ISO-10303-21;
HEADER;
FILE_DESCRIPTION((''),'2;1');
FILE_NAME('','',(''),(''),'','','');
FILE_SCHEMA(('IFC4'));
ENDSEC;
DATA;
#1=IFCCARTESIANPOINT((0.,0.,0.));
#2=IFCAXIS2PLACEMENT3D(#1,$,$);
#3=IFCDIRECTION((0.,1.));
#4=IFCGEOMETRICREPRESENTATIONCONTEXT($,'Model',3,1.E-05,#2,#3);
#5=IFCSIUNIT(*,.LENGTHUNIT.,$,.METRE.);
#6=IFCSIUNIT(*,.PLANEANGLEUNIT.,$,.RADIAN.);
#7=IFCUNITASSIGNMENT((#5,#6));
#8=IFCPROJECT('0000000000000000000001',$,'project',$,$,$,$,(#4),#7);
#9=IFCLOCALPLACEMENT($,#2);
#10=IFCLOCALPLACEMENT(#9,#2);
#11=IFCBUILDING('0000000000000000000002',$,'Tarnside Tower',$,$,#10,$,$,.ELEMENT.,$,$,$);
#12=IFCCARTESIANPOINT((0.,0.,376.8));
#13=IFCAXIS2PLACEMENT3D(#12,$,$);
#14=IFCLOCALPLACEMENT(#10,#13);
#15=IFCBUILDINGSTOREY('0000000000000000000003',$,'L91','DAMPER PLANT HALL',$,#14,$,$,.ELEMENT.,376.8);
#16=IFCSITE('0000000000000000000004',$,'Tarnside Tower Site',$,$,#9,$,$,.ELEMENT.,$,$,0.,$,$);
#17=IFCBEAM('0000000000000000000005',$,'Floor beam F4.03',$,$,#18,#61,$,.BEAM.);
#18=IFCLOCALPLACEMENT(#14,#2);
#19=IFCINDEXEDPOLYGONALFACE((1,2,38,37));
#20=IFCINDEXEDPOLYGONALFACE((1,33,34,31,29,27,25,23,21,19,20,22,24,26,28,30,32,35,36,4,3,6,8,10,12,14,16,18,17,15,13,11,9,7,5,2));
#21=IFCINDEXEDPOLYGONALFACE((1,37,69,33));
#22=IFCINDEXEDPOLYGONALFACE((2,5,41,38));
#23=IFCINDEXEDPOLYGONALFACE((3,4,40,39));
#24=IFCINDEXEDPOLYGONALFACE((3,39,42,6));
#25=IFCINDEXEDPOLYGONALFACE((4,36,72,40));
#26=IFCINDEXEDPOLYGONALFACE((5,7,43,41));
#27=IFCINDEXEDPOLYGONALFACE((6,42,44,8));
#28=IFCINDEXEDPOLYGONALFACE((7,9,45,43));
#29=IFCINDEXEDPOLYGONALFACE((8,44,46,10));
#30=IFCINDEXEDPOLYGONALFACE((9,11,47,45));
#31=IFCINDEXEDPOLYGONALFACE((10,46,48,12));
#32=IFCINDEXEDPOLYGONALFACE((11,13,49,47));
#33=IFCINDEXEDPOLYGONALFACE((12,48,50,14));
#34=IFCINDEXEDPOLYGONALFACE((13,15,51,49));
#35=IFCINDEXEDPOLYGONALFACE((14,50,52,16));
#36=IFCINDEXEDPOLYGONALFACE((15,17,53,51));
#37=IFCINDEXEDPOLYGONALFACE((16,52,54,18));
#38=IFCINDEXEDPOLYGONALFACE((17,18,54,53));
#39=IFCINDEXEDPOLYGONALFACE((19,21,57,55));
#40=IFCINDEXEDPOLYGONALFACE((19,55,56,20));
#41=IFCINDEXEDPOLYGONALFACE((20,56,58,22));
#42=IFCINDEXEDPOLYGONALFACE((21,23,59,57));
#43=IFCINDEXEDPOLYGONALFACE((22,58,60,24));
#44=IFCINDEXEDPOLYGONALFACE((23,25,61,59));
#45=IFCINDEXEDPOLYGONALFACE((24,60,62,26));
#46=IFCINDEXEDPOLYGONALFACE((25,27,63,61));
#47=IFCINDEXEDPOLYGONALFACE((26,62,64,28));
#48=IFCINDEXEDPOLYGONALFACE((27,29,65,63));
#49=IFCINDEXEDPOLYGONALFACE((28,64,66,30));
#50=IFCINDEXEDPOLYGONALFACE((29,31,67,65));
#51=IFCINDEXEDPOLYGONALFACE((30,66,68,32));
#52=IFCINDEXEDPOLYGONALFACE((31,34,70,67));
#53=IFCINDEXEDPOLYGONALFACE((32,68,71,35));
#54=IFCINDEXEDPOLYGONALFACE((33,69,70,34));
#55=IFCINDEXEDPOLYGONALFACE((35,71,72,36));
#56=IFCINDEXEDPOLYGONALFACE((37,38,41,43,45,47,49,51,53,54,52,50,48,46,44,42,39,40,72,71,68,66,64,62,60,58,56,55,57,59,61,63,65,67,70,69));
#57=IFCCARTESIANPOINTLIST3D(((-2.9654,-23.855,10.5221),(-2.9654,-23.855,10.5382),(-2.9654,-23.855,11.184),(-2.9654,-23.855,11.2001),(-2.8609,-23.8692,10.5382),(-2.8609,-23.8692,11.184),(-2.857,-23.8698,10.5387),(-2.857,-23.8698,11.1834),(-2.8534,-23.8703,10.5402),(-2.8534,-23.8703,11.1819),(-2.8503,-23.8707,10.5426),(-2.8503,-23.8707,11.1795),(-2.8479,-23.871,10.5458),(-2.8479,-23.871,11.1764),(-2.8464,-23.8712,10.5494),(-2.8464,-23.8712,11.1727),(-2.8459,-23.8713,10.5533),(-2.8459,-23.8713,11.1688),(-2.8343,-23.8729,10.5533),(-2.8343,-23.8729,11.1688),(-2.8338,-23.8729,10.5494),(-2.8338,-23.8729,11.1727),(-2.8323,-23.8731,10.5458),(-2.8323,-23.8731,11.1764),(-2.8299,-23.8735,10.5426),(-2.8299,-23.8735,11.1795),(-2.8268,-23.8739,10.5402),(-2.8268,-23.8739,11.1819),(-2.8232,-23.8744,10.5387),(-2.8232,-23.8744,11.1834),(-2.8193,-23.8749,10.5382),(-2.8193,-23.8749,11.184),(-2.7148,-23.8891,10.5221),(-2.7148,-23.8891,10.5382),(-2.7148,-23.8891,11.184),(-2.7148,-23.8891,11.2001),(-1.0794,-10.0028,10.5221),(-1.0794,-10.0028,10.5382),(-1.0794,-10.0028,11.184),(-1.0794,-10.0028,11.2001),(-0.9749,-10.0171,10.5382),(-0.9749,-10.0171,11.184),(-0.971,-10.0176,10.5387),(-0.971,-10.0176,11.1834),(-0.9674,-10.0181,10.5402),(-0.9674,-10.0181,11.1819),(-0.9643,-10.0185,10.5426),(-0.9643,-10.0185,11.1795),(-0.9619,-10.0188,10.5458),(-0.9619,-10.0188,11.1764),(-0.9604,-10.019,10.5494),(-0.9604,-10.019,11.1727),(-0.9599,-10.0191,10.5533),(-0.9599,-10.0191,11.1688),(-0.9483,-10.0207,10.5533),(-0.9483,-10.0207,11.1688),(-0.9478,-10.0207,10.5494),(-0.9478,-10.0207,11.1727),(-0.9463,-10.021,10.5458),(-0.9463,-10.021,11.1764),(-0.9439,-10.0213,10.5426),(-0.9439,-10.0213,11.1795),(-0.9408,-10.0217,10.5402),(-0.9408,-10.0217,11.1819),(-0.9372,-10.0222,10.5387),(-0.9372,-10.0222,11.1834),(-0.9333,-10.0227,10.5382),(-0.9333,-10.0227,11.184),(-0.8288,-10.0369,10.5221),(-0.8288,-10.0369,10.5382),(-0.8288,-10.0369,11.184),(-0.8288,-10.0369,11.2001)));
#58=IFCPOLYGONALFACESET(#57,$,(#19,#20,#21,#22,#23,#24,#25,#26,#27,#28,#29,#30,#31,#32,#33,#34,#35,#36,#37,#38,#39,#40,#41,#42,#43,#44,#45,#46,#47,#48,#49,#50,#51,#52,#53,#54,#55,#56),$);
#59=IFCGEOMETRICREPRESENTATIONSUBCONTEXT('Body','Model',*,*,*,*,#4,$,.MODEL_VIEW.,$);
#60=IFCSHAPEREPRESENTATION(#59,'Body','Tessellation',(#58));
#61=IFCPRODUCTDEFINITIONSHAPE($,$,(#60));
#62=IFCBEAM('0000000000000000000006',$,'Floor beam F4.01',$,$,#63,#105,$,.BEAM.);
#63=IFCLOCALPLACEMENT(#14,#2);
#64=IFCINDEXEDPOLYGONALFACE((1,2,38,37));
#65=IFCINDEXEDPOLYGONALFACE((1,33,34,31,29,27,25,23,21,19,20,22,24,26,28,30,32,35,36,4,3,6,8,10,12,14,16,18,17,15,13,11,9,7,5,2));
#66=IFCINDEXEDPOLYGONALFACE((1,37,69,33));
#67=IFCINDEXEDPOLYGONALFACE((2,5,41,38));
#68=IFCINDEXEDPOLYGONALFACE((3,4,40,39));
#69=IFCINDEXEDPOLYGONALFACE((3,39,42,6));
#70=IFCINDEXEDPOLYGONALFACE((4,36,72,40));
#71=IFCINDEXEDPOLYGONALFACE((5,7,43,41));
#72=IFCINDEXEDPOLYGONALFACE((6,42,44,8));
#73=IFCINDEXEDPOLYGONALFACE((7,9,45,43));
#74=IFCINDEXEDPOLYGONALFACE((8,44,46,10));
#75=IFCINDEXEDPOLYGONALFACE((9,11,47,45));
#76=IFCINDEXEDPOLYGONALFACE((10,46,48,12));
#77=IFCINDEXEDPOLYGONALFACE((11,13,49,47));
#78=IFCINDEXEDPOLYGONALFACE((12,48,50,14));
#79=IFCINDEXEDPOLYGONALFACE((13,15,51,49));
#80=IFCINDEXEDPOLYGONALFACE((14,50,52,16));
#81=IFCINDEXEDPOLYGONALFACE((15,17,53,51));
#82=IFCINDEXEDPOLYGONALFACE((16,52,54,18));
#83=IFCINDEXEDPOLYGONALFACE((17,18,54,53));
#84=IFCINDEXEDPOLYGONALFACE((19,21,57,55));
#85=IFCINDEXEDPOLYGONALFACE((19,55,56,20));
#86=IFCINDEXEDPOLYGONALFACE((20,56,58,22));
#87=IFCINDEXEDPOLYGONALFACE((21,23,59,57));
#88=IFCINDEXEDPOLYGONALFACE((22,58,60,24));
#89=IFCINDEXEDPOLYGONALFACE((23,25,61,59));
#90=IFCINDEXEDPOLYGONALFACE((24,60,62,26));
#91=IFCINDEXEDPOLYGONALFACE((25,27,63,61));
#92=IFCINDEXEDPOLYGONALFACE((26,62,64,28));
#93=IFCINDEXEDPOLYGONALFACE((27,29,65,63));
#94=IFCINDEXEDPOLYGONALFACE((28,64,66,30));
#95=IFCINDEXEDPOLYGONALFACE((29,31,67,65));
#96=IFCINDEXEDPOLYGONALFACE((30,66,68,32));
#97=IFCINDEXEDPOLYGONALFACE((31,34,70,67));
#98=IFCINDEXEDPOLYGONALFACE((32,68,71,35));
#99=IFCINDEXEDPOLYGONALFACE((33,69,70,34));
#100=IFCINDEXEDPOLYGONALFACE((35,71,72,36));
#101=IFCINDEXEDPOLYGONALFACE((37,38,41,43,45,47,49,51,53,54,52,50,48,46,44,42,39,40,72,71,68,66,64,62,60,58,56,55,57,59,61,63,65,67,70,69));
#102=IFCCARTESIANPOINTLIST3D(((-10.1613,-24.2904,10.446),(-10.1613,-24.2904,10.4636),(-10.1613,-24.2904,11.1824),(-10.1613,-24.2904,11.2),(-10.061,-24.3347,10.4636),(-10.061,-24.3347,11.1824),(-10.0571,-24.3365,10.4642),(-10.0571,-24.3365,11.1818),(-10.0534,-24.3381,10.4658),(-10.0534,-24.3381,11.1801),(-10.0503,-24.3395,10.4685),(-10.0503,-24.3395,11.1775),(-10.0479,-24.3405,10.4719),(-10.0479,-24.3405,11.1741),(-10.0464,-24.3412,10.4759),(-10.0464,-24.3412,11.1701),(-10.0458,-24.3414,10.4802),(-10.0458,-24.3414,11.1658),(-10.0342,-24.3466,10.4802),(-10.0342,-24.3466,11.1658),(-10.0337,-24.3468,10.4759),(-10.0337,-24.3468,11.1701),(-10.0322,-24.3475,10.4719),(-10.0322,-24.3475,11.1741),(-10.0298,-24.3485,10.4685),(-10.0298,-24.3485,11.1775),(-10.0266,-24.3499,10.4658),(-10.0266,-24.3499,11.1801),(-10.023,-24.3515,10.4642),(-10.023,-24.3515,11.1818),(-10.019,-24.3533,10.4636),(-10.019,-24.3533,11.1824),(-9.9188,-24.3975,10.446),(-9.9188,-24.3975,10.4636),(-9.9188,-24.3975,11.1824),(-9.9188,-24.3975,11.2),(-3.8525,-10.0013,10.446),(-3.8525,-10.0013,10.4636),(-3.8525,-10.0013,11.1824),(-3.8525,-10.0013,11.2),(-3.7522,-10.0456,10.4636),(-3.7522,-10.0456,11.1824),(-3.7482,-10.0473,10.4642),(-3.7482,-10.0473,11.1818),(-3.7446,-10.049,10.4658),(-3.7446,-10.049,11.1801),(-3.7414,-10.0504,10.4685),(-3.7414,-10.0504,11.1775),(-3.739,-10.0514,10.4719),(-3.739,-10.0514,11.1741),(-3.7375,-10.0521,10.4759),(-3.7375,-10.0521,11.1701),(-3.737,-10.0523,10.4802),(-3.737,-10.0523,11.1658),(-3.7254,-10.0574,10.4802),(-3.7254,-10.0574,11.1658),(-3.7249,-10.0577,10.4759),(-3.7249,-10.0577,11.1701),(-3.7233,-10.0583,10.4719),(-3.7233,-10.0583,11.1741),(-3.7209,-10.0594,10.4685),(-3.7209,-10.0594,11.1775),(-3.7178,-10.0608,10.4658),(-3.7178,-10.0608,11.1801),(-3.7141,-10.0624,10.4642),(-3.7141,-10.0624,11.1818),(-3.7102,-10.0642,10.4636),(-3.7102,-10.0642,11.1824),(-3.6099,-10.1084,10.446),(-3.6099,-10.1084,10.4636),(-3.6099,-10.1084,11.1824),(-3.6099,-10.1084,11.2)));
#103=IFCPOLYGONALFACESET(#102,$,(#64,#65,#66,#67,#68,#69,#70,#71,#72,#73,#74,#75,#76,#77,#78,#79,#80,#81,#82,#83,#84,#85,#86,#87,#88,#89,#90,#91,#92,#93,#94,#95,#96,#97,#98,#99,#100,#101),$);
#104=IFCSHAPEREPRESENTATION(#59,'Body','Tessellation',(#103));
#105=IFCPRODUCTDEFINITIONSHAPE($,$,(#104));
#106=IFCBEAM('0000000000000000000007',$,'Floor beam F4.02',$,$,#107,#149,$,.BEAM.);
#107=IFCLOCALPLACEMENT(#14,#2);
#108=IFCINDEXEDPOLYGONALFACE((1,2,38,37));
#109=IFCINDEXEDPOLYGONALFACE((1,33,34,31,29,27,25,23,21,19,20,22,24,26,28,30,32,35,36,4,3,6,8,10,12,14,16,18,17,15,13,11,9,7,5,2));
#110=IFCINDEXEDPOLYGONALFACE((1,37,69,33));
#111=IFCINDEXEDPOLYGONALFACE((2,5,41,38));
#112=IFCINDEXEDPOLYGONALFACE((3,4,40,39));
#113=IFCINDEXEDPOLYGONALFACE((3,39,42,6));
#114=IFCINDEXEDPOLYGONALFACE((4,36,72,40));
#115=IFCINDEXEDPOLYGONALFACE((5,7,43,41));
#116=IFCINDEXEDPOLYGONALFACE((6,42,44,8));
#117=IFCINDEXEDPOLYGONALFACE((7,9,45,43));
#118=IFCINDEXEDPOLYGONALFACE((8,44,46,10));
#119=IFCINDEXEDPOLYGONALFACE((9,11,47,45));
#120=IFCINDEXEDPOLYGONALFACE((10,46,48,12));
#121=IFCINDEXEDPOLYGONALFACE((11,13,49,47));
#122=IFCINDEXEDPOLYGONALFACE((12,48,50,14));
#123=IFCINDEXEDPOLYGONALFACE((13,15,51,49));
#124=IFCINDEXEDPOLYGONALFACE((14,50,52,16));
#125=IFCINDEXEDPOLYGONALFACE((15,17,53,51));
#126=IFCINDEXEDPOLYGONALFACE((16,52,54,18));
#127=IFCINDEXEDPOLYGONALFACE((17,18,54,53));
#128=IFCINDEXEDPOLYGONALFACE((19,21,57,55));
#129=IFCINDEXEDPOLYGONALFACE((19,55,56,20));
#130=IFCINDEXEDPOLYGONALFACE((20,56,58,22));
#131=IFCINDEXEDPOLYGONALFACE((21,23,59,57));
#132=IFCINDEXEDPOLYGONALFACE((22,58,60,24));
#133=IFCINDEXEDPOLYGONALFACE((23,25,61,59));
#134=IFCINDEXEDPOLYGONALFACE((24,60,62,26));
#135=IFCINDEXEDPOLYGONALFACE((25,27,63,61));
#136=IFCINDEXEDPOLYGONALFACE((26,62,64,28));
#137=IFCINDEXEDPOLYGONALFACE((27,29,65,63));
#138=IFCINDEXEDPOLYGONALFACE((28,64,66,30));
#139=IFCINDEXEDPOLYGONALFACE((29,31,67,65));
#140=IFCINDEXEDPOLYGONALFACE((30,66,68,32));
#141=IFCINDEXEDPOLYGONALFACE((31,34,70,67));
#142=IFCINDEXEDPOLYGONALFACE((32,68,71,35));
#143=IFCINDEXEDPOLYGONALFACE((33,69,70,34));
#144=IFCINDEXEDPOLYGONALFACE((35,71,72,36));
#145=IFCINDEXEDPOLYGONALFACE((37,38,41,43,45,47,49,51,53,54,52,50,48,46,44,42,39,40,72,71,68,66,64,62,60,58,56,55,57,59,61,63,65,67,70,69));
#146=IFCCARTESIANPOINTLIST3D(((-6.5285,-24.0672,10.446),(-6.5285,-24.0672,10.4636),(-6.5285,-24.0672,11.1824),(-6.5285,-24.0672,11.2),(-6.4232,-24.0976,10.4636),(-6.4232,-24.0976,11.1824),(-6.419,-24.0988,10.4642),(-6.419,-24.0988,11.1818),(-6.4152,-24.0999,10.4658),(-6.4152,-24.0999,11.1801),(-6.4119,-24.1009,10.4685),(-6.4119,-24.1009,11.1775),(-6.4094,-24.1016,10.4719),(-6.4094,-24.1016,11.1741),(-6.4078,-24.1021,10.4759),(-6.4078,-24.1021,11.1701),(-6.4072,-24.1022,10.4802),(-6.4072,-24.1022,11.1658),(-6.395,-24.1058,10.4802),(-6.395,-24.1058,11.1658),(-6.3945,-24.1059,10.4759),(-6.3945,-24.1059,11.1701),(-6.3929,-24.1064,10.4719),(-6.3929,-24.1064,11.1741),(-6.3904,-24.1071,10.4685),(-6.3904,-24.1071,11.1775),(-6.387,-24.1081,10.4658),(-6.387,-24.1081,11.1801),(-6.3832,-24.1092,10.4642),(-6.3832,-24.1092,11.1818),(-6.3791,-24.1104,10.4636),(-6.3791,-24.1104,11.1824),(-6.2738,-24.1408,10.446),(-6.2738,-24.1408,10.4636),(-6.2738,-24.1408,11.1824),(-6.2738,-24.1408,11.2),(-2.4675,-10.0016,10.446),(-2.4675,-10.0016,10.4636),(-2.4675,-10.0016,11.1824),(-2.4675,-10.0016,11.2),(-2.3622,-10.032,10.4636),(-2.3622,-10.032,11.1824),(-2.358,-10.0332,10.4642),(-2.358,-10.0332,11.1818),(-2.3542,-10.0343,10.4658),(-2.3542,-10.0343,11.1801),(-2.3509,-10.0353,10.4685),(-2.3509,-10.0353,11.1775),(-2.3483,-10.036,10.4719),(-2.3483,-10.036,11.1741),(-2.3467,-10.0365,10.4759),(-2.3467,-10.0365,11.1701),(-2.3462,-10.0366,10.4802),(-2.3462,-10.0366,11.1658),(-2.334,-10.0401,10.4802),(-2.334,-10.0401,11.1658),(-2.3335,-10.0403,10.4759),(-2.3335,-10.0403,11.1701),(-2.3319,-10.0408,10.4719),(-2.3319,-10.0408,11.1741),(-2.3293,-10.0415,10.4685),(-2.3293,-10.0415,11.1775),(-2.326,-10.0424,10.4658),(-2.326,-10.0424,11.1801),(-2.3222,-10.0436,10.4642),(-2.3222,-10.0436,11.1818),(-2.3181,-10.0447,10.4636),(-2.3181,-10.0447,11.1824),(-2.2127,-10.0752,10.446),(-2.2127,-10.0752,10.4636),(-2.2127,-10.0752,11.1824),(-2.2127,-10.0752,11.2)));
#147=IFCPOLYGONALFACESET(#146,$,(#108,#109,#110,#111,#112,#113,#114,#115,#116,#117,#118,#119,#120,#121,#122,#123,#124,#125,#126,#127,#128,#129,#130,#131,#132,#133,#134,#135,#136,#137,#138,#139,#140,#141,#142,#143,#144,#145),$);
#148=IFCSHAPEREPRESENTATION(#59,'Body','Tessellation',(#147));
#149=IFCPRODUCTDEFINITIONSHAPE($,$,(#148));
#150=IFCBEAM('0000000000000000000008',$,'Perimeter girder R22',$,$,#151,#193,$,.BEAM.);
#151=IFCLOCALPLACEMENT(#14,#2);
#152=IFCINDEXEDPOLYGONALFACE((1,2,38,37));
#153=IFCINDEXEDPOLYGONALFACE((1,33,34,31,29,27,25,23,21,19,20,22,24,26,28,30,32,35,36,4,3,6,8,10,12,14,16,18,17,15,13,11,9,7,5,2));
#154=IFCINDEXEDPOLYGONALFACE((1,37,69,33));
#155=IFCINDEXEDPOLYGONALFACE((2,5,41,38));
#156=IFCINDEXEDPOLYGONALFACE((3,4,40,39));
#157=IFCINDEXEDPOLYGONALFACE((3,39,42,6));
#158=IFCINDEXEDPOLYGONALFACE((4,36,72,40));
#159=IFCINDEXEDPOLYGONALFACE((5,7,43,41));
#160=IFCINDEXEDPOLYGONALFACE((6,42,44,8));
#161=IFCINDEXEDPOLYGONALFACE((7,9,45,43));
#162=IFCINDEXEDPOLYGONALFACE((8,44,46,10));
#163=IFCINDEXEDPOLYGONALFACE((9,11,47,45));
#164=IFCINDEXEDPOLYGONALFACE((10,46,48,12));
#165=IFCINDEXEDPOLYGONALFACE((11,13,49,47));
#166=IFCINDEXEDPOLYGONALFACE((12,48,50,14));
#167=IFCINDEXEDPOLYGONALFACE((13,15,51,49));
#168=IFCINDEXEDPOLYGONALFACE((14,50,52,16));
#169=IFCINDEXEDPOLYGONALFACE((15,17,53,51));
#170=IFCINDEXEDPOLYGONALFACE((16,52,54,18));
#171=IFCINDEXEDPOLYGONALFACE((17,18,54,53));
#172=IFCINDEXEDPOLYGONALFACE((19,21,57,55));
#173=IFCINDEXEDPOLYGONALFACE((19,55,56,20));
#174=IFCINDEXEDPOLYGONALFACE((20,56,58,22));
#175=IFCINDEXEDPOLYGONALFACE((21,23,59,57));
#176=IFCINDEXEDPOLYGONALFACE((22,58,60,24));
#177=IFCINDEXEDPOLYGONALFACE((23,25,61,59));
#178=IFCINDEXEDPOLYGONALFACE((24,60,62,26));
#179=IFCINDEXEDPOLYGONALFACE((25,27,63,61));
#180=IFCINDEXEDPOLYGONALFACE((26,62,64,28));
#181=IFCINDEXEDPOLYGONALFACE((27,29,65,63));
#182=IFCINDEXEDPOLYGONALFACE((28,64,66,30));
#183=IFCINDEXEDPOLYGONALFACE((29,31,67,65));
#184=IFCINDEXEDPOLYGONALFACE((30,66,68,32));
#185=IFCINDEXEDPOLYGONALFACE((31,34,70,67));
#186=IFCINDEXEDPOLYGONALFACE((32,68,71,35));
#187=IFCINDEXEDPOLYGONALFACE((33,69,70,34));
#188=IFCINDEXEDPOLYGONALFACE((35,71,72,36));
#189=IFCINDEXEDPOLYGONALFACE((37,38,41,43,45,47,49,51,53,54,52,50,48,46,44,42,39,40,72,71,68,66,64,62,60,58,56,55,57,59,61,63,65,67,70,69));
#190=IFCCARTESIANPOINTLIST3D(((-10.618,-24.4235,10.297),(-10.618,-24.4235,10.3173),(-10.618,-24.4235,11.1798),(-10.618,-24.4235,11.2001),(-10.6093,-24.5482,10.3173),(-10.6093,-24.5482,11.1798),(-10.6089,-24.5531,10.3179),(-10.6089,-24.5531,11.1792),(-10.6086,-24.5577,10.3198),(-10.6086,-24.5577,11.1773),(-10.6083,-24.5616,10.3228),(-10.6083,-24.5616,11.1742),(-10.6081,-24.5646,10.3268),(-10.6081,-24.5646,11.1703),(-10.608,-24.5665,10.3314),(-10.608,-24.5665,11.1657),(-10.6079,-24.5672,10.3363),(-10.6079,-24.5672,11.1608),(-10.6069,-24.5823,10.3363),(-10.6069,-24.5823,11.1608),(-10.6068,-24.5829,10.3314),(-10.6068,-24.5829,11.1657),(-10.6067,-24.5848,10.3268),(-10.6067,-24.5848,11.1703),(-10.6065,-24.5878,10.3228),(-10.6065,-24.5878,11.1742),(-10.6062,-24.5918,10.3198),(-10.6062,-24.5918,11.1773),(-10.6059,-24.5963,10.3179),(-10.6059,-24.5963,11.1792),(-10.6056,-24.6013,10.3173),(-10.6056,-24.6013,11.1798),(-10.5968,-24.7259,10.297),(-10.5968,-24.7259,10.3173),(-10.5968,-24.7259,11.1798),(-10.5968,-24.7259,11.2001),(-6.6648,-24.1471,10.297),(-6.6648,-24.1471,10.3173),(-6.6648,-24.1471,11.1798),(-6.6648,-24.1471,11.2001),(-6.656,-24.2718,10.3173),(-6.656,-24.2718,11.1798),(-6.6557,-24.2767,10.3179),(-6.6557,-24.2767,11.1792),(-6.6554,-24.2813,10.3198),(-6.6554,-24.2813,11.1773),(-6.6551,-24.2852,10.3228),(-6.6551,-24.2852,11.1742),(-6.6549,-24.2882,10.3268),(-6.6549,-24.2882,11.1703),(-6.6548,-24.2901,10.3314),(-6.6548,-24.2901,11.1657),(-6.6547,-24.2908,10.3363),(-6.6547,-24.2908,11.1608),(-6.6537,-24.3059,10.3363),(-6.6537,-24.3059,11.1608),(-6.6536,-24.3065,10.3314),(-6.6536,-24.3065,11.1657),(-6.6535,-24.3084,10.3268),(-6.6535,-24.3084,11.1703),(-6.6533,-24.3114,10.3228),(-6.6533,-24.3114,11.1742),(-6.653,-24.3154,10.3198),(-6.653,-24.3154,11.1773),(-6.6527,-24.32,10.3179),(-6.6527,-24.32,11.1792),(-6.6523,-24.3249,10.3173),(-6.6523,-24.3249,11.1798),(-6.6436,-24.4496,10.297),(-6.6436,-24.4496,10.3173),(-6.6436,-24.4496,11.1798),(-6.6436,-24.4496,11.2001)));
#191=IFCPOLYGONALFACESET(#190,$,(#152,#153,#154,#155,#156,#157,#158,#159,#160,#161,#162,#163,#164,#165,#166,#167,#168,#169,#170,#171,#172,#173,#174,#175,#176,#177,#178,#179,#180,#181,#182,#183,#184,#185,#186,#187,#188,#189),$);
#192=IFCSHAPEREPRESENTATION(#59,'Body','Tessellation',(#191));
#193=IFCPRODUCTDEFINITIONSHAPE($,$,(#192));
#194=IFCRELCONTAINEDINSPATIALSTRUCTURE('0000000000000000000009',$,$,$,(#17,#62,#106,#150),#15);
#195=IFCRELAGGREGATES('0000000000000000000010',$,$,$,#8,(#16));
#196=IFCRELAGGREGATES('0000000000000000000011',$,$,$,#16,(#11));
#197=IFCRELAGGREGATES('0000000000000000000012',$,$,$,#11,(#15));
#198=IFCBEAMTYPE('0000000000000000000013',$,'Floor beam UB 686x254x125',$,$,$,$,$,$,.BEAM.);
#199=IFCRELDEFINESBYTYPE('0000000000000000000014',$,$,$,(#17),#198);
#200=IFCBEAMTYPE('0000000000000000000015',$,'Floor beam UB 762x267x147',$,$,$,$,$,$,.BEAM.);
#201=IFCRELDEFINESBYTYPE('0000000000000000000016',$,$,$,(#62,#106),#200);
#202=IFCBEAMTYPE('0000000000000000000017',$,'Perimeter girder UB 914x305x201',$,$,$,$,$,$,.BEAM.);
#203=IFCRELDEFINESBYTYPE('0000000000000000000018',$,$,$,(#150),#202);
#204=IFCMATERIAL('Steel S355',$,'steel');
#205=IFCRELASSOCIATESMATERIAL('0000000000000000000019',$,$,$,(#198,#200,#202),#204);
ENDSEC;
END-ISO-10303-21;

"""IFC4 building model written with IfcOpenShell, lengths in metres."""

from ifc_helpers import new_model, si_unit, direction, frame, origin, origin_2d, place, context, subcontext, project, spatial, i_section, extrude, material, material_profile, profile_set, type_object, element, save


model = new_model("IFC4")

# Units and contexts
model_context = context("Model", 3, precision=1e-05, world=origin(), true_north=direction((0.0, 1.0)))
body_context = subcontext(model_context, "Body", "Model", "MODEL_VIEW")
ifc_project = project(units=[si_unit("LENGTHUNIT", "METRE"), si_unit("PLANEANGLEUNIT", "RADIAN")], contexts=[model_context])

# Site, building, storey
site_placement = place(None, origin())
site = spatial("IfcSite", under=ifc_project, at=site_placement, Name="Tarnside Tower Site", CompositionType="ELEMENT", RefElevation=0.0)
building_placement = place(site_placement, origin())
building = spatial("IfcBuilding", under=site, at=building_placement, Name="Tarnside Tower", CompositionType="ELEMENT")
storey_placement = place(building_placement, frame((0.0, 0.0, 376.8)))
storey = spatial("IfcBuildingStorey", under=building, at=storey_placement, Name="L91", Description="DAMPER PLANT HALL", CompositionType="ELEMENT", Elevation=376.8)

# Shared definitions
ifc_material_1 = material(Name="Steel S355", Category="steel")

# Beams
ifc_material_profile_1 = material_profile(ifc_material_1, i_section(OverallWidth=0.2529, OverallDepth=0.678, WebThickness=0.0117, FlangeThickness=0.0161, FilletRadius=0.0151, at=origin_2d()), Name="UB 686x254x125")
ifc_profile_set_1 = profile_set([ifc_material_profile_1], Name="Steel S355")
beam_type_1 = type_object("IfcBeamType", Name="Floor beam UB 686x254x125", PredefinedType="BEAM", material=ifc_profile_set_1)
beam_1_placement = place(storey_placement, frame((-2.8401, -23.8721, 10.8611), z_axis=(0.134905, 0.990859, 0.0), x_axis=(-0.990859, 0.134905, 0.0)))
element("IfcBeam", 1, at=beam_1_placement, inside=storey, type_object=beam_type_1, Name="Floor beam F4.03", PredefinedType="BEAM", context=body_context, shape_type="SweptSolid", body=[
    extrude(i_section(OverallWidth=0.2529, OverallDepth=0.678, WebThickness=0.0117, FlangeThickness=0.0161, FilletRadius=0.0151, at=origin_2d()), origin(), (0.0, 0.0, 1.0), 13.98),
])
ifc_material_profile_2 = material_profile(ifc_material_1, i_section(OverallWidth=0.2651, OverallDepth=0.7539, WebThickness=0.0127, FlangeThickness=0.0176, FilletRadius=0.0166, at=origin_2d()), Name="UB 762x267x147")
ifc_profile_set_2 = profile_set([ifc_material_profile_2], Name="Steel S355")
beam_type_2 = type_object("IfcBeamType", Name="Floor beam UB 762x267x147", PredefinedType="BEAM", material=ifc_profile_set_2)
beam_2_placement = place(storey_placement, frame((-10.04, -24.344, 10.823), z_axis=(0.4039, 0.914803, 0.0), x_axis=(-0.914803, 0.4039, 0.0)))
element("IfcBeam", 2, at=beam_2_placement, inside=storey, type_object=beam_type_2, Name="Floor beam F4.01", PredefinedType="BEAM", context=body_context, shape_type="SweptSolid", body=[
    extrude(i_section(OverallWidth=0.2651, OverallDepth=0.7539, WebThickness=0.0127, FlangeThickness=0.0176, FilletRadius=0.0166, at=origin_2d()), origin(), (0.0, 0.0, 1.0), 15.6199),
])
beam_3_placement = place(storey_placement, frame((-6.4011, -24.104, 10.823), z_axis=(0.277389, 0.960758, 0.0), x_axis=(-0.960758, 0.277389, 0.0)))
element("IfcBeam", 3, at=beam_3_placement, inside=storey, type_object=beam_type_2, Name="Floor beam F4.02", PredefinedType="BEAM", context=body_context, shape_type="SweptSolid", body=[
    extrude(i_section(OverallWidth=0.2651, OverallDepth=0.7539, WebThickness=0.0127, FlangeThickness=0.0176, FilletRadius=0.0166, at=origin_2d()), origin(), (0.0, 0.0, 1.0), 14.6401),
])
ifc_material_profile_3 = material_profile(ifc_material_1, i_section(OverallWidth=0.3032, OverallDepth=0.9031, WebThickness=0.0151, FlangeThickness=0.0203, FilletRadius=0.019, at=origin_2d()), Name="UB 914x305x201")
ifc_profile_set_3 = profile_set([ifc_material_profile_3], Name="Steel S355")
beam_type_3 = type_object("IfcBeamType", Name="Perimeter girder UB 914x305x201", PredefinedType="BEAM", material=ifc_profile_set_3)
beam_4_placement = place(storey_placement, frame((-10.6074, -24.5747, 10.7485), z_axis=(0.997565, 0.069741, 0.0), x_axis=(-0.069741, 0.997565, 0.0)))
element("IfcBeam", 4, at=beam_4_placement, inside=storey, type_object=beam_type_3, Name="Perimeter girder R22", PredefinedType="BEAM", context=body_context, shape_type="SweptSolid", body=[
    extrude(i_section(OverallWidth=0.3032, OverallDepth=0.9031, WebThickness=0.0151, FlangeThickness=0.0203, FilletRadius=0.019, at=origin_2d()), origin(), (0.0, 0.0, 1.0), 3.9629),
])

save(model, "model.ifc")
